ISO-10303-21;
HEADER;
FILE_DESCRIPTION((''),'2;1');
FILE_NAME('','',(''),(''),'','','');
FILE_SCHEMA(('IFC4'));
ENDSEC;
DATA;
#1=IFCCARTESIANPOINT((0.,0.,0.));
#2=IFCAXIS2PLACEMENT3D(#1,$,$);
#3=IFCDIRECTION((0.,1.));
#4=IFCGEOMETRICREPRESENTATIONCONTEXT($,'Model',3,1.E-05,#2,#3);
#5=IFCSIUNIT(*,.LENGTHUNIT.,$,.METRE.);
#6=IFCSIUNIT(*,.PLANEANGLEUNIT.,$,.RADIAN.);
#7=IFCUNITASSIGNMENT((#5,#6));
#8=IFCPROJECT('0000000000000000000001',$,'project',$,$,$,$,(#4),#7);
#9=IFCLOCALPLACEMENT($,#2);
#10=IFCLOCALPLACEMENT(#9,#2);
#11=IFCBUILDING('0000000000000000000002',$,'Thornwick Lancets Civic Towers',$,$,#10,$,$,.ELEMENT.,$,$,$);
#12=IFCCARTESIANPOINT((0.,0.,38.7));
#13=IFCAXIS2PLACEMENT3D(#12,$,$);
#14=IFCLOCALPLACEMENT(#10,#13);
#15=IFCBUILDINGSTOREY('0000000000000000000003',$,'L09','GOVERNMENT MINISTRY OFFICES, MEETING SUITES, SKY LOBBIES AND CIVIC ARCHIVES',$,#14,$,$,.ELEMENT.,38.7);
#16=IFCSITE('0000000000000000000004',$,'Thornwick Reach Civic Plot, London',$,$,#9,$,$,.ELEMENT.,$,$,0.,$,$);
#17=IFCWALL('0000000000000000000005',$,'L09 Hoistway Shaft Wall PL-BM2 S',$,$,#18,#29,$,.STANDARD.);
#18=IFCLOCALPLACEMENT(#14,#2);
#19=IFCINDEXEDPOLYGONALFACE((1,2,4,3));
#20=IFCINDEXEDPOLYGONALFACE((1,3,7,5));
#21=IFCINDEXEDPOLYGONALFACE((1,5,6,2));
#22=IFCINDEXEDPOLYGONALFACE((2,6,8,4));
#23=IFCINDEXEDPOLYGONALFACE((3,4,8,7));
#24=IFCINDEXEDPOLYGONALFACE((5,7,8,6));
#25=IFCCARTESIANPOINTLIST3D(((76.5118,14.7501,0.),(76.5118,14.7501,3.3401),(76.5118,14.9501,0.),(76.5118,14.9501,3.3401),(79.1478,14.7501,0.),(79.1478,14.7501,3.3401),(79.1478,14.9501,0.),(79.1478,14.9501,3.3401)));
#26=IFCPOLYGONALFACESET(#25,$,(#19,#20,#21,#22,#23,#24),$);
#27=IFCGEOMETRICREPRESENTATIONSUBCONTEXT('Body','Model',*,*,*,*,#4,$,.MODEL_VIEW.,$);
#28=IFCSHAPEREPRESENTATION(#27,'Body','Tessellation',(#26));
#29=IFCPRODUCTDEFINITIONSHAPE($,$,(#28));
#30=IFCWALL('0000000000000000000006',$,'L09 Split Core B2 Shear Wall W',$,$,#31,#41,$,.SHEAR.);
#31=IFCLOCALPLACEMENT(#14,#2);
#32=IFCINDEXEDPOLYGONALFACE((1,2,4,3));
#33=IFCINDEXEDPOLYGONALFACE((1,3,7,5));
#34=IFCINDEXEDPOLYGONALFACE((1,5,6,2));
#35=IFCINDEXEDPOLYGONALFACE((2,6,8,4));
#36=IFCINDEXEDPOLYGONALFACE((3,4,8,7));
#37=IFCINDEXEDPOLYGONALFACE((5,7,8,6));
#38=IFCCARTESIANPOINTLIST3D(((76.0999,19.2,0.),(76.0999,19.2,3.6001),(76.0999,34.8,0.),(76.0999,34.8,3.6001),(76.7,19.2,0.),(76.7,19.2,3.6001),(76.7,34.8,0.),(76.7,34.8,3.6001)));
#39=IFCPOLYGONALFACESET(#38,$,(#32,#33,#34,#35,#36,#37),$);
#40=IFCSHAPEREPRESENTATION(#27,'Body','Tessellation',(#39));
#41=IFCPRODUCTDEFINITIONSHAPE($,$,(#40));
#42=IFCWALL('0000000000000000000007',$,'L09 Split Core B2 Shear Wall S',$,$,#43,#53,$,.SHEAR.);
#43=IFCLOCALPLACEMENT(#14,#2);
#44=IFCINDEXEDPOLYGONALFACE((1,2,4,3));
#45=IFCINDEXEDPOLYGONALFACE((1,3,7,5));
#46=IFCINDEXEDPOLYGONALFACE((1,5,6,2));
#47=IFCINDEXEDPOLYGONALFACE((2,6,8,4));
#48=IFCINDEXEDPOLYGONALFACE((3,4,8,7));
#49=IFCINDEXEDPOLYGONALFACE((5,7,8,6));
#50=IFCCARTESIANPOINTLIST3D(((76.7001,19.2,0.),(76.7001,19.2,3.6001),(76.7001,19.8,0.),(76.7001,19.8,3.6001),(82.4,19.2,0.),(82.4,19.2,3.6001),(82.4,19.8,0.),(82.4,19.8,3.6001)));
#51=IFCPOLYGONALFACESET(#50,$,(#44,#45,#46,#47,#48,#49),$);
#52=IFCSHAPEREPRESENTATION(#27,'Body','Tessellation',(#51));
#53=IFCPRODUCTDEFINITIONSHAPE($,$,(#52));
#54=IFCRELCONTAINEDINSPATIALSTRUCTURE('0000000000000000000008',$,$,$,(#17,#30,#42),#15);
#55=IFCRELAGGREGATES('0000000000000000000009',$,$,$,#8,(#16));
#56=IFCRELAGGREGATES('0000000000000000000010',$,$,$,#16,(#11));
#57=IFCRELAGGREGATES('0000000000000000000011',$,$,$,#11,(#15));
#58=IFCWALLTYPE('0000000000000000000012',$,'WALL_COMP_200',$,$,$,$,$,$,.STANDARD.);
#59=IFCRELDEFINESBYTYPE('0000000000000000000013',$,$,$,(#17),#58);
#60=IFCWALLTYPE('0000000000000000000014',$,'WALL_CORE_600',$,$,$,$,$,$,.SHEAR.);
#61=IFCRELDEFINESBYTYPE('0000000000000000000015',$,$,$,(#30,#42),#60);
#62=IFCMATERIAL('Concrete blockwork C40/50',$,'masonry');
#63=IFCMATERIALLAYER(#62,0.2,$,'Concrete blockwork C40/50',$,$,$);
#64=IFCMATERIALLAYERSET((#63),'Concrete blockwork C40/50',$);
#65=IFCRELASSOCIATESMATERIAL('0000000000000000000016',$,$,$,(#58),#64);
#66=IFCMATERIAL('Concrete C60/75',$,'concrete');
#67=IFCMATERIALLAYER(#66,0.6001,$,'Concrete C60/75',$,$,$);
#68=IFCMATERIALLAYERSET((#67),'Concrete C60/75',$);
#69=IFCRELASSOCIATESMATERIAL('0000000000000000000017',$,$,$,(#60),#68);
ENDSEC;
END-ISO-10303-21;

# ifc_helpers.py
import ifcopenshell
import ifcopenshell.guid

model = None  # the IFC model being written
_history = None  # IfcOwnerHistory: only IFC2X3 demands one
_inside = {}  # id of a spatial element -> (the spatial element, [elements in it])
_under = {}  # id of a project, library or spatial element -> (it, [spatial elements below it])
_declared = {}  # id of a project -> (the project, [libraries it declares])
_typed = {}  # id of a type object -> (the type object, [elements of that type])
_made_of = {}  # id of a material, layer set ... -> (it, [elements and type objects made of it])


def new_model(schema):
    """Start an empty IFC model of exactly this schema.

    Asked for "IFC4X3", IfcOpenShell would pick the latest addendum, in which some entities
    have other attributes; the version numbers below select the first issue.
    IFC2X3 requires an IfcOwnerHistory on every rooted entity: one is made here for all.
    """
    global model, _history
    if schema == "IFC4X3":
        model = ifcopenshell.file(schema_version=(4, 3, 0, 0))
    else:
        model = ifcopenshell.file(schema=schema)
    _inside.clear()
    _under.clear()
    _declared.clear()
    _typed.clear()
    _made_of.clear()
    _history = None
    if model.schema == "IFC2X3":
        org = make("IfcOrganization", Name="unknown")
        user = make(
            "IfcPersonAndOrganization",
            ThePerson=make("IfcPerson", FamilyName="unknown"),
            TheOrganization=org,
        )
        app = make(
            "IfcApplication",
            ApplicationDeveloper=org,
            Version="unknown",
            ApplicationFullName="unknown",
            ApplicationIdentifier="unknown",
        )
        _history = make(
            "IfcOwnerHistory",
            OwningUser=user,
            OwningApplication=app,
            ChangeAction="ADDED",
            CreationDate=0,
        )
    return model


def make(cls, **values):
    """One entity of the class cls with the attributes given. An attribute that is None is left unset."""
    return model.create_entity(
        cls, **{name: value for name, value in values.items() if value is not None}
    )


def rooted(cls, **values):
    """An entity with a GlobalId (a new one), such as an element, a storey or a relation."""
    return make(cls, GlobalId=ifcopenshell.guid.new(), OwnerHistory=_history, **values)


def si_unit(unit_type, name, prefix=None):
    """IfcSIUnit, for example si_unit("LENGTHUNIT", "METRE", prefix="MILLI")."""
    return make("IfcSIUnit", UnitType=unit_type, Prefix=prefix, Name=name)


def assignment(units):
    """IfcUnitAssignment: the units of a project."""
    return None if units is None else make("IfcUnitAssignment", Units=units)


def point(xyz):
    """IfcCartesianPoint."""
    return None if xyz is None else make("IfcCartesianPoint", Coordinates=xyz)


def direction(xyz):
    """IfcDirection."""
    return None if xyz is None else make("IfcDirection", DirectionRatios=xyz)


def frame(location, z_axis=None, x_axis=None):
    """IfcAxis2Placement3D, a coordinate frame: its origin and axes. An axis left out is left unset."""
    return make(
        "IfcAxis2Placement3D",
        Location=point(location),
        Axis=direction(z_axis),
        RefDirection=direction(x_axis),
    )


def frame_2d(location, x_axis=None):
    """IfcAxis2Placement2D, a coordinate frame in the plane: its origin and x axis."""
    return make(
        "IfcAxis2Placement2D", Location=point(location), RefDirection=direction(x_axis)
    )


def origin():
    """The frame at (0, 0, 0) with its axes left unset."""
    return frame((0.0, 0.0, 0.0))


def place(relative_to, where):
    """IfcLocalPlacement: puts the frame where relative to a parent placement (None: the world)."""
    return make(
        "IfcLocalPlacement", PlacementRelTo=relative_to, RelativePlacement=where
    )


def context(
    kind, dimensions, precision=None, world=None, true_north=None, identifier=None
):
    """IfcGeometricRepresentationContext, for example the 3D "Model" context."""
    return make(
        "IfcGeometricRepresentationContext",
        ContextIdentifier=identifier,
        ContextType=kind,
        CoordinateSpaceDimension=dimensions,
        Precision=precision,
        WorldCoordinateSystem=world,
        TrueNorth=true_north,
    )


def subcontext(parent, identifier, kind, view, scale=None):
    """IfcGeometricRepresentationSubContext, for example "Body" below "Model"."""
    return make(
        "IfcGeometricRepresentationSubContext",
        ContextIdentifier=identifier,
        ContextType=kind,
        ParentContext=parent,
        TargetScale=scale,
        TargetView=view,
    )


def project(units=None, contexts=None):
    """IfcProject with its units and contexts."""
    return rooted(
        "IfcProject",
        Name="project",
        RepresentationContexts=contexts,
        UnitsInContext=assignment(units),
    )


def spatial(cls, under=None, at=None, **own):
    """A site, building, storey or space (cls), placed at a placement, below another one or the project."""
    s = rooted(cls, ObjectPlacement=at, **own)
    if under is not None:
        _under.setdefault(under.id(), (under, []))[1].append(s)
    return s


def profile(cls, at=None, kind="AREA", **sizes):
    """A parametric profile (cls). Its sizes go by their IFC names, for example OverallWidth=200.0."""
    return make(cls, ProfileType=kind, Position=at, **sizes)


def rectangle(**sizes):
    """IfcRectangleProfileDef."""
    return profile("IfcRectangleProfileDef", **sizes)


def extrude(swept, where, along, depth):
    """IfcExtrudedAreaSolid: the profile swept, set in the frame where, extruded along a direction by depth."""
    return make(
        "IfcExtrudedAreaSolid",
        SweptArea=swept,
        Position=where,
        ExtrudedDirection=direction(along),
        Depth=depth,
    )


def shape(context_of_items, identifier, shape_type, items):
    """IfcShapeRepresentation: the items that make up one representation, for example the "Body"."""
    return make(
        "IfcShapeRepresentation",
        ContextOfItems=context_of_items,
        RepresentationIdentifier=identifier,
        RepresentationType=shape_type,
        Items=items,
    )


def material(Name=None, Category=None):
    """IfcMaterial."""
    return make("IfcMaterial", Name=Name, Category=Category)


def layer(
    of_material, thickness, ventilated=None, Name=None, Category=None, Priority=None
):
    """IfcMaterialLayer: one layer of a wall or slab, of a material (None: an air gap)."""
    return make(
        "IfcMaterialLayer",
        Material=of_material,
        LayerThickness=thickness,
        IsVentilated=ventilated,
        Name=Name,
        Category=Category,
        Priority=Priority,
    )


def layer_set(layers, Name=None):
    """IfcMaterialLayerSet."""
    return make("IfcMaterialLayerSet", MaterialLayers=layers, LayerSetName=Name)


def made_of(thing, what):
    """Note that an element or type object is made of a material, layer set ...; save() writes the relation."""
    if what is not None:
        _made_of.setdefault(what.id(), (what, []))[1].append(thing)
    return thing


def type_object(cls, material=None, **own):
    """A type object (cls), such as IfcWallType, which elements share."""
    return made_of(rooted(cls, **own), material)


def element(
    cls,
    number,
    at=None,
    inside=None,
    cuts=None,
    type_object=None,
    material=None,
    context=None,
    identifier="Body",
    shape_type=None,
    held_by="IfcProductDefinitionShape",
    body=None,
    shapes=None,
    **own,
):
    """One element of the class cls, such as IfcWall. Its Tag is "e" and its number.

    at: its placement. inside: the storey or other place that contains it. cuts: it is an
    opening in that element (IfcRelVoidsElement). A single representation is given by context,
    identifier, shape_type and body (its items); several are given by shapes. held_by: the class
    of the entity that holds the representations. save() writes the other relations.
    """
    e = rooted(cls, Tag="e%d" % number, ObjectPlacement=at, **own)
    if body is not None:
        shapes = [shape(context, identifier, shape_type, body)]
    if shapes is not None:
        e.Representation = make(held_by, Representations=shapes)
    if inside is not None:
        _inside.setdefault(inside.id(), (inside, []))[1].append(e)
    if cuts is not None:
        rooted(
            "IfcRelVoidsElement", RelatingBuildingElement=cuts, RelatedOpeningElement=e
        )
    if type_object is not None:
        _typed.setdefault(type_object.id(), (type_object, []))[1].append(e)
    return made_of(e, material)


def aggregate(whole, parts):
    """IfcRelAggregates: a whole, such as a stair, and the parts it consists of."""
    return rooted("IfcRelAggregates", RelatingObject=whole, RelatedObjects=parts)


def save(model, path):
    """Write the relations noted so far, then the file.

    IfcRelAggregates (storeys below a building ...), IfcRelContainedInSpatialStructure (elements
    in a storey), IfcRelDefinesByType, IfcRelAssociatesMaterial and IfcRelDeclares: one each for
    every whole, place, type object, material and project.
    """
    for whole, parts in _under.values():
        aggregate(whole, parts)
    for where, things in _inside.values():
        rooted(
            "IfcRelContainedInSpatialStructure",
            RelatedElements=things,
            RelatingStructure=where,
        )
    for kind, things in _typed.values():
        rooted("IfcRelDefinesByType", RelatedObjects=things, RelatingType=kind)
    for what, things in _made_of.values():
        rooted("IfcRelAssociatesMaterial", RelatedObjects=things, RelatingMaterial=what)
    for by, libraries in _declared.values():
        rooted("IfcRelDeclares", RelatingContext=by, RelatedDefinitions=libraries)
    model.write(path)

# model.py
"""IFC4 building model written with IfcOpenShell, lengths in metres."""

from ifc_helpers import new_model, si_unit, direction, frame, frame_2d, origin, place, context, subcontext, project, spatial, rectangle, extrude, material, layer, layer_set, type_object, element, save


model = new_model("IFC4")

# Units and contexts
model_context = context("Model", 3, precision=1e-05, world=origin(), true_north=direction((0.0, 1.0)))
body_context = subcontext(model_context, "Body", "Model", "MODEL_VIEW")
ifc_project = project(units=[si_unit("LENGTHUNIT", "METRE"), si_unit("PLANEANGLEUNIT", "RADIAN")], contexts=[model_context])

# Site, building, storey
site_placement = place(None, origin())
site = spatial("IfcSite", under=ifc_project, at=site_placement, Name="Thornwick Reach Civic Plot, London", CompositionType="ELEMENT", RefElevation=0.0)
building_placement = place(site_placement, origin())
building = spatial("IfcBuilding", under=site, at=building_placement, Name="Thornwick Lancets Civic Towers", CompositionType="ELEMENT")
storey_placement = place(building_placement, frame((0.0, 0.0, 38.7)))
storey = spatial("IfcBuildingStorey", under=building, at=storey_placement, Name="L09", Description="GOVERNMENT MINISTRY OFFICES, MEETING SUITES, SKY LOBBIES AND CIVIC ARCHIVES", CompositionType="ELEMENT", Elevation=38.7)

# Shared definitions
ifc_material_1 = material(Name="Concrete C60/75", Category="concrete")

# Walls
ifc_material_2 = material(Name="Concrete blockwork C40/50", Category="masonry")
ifc_layer_1 = layer(ifc_material_2, 0.2, Name="Concrete blockwork C40/50")
ifc_layer_set_1 = layer_set([ifc_layer_1], Name="Concrete blockwork C40/50")
wall_type_1 = type_object("IfcWallType", Name="WALL_COMP_200", PredefinedType="STANDARD", material=ifc_layer_set_1)
wall_1_placement = place(storey_placement, frame((76.512, 14.8501, 0.0), z_axis=(0.0, 0.0, 1.0), x_axis=(1.0, 0.0, 0.0)))
element("IfcWall", 1, at=wall_1_placement, inside=storey, type_object=wall_type_1, Name="L09 Hoistway Shaft Wall PL-BM2 S", PredefinedType="STANDARD", context=body_context, shape_type="SweptSolid", body=[
    extrude(rectangle(XDim=2.636, YDim=0.2, at=frame_2d((1.3179, 0.0))), origin(), (0.0, 0.0, 1.0), 3.3401),
])
ifc_layer_2 = layer(ifc_material_1, 0.6001, Name="Concrete C60/75")
ifc_layer_set_2 = layer_set([ifc_layer_2], Name="Concrete C60/75")
wall_type_2 = type_object("IfcWallType", Name="WALL_CORE_600", PredefinedType="SHEAR", material=ifc_layer_set_2)
wall_2_placement = place(storey_placement, frame((76.3999, 19.2, 0.0), z_axis=(0.0, 0.0, 1.0), x_axis=(0.0, 1.0, 0.0)))
element("IfcWall", 2, at=wall_2_placement, inside=storey, type_object=wall_type_2, Name="L09 Split Core B2 Shear Wall W", PredefinedType="SHEAR", context=body_context, shape_type="SweptSolid", body=[
    extrude(rectangle(XDim=15.6001, YDim=0.6001, at=frame_2d((7.8, 0.0))), origin(), (0.0, 0.0, 1.0), 3.6001),
])
wall_3_placement = place(storey_placement, frame((76.7, 19.5, 0.0), z_axis=(0.0, 0.0, 1.0), x_axis=(1.0, 0.0, 0.0)))
element("IfcWall", 3, at=wall_3_placement, inside=storey, type_object=wall_type_2, Name="L09 Split Core B2 Shear Wall S", PredefinedType="SHEAR", context=body_context, shape_type="SweptSolid", body=[
    extrude(rectangle(XDim=5.7, YDim=0.6001, at=frame_2d((2.8501, 0.0))), origin(), (0.0, 0.0, 1.0), 3.6001),
])

save(model, "model.ifc")
